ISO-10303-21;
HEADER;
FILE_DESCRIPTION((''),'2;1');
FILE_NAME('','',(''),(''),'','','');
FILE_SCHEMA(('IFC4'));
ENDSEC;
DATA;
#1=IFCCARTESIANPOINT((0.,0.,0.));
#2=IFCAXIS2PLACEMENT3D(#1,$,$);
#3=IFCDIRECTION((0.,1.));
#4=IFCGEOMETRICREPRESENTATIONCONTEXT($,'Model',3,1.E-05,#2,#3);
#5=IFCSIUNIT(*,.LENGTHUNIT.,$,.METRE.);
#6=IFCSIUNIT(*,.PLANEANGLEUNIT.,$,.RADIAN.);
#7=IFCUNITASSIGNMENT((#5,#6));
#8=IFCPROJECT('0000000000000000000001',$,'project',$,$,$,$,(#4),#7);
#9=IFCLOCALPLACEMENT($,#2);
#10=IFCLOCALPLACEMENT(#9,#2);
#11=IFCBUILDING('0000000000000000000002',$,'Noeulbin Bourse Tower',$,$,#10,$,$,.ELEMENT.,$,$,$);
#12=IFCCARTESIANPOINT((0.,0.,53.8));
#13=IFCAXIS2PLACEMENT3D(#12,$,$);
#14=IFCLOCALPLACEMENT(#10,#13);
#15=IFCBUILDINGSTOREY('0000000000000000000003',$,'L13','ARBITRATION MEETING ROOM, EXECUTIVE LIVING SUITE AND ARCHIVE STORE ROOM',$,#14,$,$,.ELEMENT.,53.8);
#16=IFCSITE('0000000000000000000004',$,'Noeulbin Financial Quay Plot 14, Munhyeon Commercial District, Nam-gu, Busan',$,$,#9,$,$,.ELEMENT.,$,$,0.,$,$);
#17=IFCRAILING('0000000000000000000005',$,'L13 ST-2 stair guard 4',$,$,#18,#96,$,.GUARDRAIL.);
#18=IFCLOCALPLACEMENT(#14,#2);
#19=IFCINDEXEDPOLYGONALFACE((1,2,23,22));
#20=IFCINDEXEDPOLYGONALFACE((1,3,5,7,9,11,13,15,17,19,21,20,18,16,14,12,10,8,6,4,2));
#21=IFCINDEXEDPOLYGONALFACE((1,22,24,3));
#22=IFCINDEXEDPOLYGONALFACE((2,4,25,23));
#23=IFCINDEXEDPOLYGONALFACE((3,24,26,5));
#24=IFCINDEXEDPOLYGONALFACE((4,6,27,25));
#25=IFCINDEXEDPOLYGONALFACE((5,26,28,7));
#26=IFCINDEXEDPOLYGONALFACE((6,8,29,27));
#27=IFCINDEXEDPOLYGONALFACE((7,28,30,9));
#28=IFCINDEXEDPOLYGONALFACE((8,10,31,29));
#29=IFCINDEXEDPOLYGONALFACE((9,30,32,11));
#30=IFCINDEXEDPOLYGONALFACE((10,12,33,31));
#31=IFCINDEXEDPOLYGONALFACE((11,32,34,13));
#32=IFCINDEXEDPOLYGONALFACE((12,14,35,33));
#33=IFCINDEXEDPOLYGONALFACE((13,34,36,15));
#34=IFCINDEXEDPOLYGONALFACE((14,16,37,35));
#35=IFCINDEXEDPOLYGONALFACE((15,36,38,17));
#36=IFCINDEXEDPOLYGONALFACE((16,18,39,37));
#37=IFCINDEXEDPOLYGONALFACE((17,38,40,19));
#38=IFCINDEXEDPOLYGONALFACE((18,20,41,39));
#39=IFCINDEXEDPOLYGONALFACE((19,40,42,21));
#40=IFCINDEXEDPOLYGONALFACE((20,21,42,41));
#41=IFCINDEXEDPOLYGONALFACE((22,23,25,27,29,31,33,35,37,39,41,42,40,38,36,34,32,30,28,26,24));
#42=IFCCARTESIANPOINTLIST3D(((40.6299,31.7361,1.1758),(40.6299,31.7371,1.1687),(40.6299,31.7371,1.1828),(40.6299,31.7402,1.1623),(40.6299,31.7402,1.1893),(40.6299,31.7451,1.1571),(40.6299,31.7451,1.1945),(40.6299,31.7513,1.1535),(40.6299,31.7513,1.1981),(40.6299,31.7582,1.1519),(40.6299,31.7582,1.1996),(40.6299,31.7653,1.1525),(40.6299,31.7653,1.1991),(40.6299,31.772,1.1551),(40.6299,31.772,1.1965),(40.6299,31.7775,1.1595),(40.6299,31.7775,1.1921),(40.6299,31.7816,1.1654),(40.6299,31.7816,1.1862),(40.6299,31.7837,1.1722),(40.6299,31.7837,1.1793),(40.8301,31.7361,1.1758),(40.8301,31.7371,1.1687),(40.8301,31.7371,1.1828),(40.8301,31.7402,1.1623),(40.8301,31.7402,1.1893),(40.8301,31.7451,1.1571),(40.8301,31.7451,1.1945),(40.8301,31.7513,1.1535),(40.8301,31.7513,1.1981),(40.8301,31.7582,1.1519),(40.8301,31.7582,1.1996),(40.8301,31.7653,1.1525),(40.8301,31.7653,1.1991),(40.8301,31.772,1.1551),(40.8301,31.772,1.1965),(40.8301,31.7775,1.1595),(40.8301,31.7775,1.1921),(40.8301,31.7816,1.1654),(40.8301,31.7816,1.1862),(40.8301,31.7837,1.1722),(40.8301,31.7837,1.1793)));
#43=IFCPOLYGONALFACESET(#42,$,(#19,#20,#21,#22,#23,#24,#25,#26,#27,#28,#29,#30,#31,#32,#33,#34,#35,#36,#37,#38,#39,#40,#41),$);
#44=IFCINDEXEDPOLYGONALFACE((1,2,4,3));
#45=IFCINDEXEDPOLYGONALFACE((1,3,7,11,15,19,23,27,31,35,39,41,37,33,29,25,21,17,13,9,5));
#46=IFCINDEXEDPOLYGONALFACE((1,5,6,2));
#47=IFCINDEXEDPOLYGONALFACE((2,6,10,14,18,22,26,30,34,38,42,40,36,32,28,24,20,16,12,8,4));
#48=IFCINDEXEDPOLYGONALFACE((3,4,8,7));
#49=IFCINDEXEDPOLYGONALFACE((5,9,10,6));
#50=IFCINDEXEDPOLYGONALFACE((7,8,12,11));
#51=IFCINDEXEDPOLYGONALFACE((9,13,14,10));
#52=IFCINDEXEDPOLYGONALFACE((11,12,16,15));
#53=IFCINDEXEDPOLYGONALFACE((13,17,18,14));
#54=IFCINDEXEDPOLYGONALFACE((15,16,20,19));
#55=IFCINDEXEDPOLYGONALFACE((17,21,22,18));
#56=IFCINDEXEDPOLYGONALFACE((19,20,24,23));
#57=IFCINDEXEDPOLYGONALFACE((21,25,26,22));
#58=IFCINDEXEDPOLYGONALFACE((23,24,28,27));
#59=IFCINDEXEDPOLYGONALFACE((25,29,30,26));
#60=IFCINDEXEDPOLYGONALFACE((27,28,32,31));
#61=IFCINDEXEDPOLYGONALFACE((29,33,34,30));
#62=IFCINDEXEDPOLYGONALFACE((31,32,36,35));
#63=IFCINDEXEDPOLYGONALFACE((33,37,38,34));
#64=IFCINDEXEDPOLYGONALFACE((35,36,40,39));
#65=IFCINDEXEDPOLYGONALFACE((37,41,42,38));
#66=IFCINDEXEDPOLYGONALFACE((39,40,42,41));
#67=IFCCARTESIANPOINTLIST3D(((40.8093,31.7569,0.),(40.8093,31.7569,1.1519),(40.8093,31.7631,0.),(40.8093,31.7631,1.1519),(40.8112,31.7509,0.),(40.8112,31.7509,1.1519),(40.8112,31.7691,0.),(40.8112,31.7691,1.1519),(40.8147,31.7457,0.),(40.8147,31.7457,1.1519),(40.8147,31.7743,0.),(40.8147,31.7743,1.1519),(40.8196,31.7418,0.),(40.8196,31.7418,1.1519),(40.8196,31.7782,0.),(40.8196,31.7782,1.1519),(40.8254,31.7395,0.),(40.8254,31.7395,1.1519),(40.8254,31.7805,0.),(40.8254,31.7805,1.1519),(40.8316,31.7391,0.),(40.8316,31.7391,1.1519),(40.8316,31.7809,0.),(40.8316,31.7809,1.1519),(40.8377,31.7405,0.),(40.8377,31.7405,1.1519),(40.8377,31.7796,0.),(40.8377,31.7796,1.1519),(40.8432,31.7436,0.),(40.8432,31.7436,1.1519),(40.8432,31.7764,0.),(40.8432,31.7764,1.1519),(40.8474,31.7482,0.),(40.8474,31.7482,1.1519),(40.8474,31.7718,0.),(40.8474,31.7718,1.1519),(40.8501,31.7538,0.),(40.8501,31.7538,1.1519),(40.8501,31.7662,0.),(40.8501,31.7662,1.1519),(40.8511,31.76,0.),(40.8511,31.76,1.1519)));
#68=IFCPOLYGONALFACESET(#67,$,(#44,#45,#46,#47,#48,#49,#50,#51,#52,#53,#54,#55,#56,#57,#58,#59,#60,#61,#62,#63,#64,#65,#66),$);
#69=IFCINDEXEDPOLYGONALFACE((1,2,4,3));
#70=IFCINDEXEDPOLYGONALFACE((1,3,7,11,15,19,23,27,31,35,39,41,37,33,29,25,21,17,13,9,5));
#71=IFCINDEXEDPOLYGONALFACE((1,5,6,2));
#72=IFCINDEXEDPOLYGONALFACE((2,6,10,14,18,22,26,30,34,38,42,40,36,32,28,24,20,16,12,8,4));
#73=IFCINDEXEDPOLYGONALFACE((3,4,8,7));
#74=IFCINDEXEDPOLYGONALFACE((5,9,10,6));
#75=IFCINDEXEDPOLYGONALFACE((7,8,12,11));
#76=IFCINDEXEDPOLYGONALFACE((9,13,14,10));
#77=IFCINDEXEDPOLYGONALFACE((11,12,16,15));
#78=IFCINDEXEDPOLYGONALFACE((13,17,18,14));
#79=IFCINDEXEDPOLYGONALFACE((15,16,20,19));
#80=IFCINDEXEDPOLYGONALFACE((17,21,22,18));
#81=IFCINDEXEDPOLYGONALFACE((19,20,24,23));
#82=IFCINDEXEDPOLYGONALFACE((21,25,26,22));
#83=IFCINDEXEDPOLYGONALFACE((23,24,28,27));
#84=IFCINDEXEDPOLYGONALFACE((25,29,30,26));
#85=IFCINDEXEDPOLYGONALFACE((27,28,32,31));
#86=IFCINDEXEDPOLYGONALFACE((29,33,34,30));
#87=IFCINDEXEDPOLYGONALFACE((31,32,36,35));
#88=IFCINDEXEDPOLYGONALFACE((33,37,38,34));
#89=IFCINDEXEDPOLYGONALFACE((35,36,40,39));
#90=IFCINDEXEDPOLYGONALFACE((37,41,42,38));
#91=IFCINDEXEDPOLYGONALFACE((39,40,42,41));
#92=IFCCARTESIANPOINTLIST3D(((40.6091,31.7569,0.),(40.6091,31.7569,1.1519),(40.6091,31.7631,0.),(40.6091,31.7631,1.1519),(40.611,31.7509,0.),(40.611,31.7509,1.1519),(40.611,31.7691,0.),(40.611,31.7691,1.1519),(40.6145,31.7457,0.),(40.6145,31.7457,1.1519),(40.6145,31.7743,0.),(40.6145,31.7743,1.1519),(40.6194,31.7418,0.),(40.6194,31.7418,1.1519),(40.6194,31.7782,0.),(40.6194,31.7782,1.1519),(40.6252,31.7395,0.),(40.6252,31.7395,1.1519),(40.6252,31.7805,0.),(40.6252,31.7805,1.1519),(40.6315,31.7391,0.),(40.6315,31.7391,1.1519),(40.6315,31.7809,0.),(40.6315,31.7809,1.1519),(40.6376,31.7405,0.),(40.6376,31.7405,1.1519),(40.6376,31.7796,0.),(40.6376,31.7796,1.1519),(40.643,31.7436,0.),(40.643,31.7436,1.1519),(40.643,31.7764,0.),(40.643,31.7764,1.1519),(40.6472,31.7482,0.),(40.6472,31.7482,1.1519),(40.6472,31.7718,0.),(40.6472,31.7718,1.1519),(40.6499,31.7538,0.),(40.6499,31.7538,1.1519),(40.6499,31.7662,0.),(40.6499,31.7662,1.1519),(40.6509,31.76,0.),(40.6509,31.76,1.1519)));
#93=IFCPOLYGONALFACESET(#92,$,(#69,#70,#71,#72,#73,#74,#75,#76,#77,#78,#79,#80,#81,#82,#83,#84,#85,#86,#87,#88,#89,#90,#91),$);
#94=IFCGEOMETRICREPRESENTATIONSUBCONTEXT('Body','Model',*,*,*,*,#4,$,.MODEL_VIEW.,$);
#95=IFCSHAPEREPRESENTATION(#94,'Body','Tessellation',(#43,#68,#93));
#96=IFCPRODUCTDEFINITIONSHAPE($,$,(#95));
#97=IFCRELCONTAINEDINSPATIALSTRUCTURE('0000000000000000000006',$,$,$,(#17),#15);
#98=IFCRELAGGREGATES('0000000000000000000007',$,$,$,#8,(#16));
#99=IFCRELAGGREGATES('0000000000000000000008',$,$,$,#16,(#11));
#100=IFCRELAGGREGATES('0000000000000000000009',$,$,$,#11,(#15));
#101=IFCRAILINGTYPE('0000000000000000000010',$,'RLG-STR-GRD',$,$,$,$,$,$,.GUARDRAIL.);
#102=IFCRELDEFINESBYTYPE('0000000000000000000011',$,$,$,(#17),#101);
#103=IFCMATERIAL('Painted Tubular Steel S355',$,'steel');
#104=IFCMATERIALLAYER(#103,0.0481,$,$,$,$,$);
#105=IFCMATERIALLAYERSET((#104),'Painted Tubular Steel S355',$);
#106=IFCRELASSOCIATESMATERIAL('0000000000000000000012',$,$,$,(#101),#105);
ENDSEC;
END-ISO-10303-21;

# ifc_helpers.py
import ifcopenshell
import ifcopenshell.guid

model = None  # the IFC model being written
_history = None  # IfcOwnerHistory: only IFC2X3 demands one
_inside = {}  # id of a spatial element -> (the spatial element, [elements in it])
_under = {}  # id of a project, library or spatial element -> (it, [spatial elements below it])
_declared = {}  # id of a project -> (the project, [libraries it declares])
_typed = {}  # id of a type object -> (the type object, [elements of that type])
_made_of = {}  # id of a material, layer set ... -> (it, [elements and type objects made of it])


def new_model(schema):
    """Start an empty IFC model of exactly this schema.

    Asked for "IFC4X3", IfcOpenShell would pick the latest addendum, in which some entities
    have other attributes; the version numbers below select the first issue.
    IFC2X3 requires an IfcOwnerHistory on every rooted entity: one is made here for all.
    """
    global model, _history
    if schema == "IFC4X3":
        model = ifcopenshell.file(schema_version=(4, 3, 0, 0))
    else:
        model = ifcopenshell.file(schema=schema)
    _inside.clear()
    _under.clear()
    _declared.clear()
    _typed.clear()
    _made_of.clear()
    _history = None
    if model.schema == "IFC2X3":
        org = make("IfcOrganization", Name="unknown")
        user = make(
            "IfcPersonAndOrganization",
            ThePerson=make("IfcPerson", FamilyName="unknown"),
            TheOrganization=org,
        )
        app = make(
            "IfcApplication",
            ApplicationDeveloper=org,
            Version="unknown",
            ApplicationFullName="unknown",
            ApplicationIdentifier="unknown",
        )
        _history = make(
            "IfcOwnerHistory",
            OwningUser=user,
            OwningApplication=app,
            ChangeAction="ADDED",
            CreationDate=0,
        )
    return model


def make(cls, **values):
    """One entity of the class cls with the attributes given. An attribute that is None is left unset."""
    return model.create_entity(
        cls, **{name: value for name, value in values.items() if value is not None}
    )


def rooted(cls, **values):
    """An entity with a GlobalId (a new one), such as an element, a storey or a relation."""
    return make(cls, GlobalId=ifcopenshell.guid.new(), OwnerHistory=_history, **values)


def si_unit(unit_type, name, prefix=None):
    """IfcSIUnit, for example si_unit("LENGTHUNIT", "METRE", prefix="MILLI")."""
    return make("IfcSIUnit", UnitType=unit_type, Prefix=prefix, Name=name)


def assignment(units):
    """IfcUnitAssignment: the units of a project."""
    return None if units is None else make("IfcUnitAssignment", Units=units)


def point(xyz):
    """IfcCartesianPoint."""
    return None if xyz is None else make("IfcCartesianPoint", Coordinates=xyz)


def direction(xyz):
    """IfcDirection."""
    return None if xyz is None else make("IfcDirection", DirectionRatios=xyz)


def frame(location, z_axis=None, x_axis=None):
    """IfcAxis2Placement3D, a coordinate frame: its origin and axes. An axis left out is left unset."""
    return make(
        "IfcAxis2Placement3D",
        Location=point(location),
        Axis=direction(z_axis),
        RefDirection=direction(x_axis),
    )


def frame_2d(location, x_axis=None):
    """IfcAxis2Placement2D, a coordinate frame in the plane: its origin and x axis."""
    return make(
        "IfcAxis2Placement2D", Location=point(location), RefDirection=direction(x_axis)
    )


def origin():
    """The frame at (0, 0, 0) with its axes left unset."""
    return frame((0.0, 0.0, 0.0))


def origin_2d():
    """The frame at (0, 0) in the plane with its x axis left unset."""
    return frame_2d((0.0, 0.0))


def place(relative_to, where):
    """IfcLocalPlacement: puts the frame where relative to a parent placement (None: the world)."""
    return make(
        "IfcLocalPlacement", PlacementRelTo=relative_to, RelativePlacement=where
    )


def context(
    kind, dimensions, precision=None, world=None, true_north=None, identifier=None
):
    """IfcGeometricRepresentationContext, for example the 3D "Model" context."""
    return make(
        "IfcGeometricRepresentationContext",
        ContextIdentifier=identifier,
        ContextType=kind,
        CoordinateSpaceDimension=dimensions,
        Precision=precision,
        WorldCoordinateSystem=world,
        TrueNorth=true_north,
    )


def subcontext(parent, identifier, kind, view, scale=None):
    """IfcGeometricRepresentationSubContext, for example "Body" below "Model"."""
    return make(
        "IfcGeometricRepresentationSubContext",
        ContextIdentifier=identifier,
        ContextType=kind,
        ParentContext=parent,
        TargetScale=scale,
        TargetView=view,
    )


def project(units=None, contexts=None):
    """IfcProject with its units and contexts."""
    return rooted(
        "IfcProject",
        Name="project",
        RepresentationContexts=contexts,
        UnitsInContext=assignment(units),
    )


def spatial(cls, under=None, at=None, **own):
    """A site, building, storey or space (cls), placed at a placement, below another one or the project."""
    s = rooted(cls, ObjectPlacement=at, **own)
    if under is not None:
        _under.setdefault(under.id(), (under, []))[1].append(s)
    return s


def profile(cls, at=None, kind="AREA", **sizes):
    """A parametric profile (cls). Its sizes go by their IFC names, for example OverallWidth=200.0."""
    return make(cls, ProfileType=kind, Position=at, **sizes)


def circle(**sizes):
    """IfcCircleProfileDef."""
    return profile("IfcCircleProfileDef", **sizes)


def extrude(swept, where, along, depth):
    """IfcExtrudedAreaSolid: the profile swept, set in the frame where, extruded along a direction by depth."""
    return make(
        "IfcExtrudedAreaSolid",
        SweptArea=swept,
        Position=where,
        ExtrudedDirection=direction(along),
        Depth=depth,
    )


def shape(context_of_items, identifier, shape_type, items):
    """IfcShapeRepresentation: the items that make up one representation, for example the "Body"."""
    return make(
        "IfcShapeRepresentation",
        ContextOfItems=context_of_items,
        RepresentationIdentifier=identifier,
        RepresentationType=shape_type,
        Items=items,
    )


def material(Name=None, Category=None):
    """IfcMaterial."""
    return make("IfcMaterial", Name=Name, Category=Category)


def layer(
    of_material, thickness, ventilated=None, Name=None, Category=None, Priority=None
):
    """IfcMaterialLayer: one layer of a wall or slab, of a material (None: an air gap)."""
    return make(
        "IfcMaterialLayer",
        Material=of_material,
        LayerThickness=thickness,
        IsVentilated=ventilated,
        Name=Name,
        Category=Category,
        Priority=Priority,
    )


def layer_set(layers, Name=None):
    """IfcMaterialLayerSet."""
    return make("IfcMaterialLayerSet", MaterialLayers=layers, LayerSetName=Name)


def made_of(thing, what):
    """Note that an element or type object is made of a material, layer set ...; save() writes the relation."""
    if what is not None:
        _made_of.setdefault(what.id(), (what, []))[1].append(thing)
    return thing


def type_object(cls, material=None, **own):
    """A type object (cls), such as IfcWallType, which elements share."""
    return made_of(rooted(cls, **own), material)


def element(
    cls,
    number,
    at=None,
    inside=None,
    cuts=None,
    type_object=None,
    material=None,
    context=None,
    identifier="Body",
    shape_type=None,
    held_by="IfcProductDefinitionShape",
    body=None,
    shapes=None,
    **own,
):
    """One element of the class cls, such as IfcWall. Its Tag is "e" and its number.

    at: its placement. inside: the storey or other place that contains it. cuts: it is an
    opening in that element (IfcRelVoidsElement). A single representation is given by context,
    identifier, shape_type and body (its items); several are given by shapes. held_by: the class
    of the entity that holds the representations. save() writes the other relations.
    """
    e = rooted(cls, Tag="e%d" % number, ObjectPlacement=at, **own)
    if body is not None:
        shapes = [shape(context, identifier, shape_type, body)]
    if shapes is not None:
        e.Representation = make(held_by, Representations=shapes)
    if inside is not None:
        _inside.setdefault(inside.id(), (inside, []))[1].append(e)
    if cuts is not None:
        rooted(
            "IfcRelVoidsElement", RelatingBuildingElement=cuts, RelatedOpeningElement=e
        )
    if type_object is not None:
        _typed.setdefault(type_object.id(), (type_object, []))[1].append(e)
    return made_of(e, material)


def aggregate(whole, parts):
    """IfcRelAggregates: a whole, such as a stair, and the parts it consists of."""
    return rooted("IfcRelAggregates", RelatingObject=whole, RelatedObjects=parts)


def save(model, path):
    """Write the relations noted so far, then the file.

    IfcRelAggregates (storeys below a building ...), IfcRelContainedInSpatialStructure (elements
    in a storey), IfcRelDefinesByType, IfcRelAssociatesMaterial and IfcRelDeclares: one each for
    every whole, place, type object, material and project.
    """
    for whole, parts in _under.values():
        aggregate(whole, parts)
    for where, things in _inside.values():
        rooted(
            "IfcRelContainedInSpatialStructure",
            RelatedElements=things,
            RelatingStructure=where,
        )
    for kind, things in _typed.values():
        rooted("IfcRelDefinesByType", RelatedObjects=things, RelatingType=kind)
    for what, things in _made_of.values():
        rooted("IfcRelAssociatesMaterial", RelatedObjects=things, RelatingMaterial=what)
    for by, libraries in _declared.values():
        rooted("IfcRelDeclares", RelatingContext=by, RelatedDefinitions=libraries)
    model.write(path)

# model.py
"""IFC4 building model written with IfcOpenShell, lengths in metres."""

from ifc_helpers import new_model, si_unit, direction, frame, origin, origin_2d, place, context, subcontext, project, spatial, circle, extrude, material, layer, layer_set, type_object, element, save


model = new_model("IFC4")

# Units and contexts
model_context = context("Model", 3, precision=1e-05, world=origin(), true_north=direction((0.0, 1.0)))
body_context = subcontext(model_context, "Body", "Model", "MODEL_VIEW")
ifc_project = project(units=[si_unit("LENGTHUNIT", "METRE"), si_unit("PLANEANGLEUNIT", "RADIAN")], contexts=[model_context])

# Site, building, storey
site_placement = place(None, origin())
site = spatial("IfcSite", under=ifc_project, at=site_placement, Name="Noeulbin Financial Quay Plot 14, Munhyeon Commercial District, Nam-gu, Busan", CompositionType="ELEMENT", RefElevation=0.0)
building_placement = place(site_placement, origin())
building = spatial("IfcBuilding", under=site, at=building_placement, Name="Noeulbin Bourse Tower", CompositionType="ELEMENT")
storey_placement = place(building_placement, frame((0.0, 0.0, 53.8)))
storey = spatial("IfcBuildingStorey", under=building, at=storey_placement, Name="L13", Description="ARBITRATION MEETING ROOM, EXECUTIVE LIVING SUITE AND ARCHIVE STORE ROOM", CompositionType="ELEMENT", Elevation=53.8)

# Railing
ifc_material_1 = material(Name="Painted Tubular Steel S355", Category="steel")
ifc_layer_1 = layer(ifc_material_1, 0.0481)
ifc_layer_set_1 = layer_set([ifc_layer_1], Name="Painted Tubular Steel S355")
railing_type_1 = type_object("IfcRailingType", Name="RLG-STR-GRD", PredefinedType="GUARDRAIL", material=ifc_layer_set_1)
railing_1_placement = place(storey_placement, frame((40.8301, 31.76, 0.0)))
element("IfcRailing", 1, at=railing_1_placement, inside=storey, type_object=railing_type_1, Name="L13 ST-2 stair guard 4", PredefinedType="GUARDRAIL", context=body_context, shape_type="SweptSolid", body=[
    extrude(circle(Radius=0.0239, at=origin_2d()), frame((0.0, 0.0, 1.1758), z_axis=(-1.0, 0.0, 0.0), x_axis=(0.0, -1.0, 0.0)), (0.0, 0.0, 1.0), 0.2002),
    extrude(circle(Radius=0.021, at=origin_2d()), origin(), (0.0, 0.0, 1.0), 1.1519),
    extrude(circle(Radius=0.021, at=origin_2d()), frame((-0.2002, 0.0, 0.0)), (0.0, 0.0, 1.0), 1.1519),
])

save(model, "model.ifc")
